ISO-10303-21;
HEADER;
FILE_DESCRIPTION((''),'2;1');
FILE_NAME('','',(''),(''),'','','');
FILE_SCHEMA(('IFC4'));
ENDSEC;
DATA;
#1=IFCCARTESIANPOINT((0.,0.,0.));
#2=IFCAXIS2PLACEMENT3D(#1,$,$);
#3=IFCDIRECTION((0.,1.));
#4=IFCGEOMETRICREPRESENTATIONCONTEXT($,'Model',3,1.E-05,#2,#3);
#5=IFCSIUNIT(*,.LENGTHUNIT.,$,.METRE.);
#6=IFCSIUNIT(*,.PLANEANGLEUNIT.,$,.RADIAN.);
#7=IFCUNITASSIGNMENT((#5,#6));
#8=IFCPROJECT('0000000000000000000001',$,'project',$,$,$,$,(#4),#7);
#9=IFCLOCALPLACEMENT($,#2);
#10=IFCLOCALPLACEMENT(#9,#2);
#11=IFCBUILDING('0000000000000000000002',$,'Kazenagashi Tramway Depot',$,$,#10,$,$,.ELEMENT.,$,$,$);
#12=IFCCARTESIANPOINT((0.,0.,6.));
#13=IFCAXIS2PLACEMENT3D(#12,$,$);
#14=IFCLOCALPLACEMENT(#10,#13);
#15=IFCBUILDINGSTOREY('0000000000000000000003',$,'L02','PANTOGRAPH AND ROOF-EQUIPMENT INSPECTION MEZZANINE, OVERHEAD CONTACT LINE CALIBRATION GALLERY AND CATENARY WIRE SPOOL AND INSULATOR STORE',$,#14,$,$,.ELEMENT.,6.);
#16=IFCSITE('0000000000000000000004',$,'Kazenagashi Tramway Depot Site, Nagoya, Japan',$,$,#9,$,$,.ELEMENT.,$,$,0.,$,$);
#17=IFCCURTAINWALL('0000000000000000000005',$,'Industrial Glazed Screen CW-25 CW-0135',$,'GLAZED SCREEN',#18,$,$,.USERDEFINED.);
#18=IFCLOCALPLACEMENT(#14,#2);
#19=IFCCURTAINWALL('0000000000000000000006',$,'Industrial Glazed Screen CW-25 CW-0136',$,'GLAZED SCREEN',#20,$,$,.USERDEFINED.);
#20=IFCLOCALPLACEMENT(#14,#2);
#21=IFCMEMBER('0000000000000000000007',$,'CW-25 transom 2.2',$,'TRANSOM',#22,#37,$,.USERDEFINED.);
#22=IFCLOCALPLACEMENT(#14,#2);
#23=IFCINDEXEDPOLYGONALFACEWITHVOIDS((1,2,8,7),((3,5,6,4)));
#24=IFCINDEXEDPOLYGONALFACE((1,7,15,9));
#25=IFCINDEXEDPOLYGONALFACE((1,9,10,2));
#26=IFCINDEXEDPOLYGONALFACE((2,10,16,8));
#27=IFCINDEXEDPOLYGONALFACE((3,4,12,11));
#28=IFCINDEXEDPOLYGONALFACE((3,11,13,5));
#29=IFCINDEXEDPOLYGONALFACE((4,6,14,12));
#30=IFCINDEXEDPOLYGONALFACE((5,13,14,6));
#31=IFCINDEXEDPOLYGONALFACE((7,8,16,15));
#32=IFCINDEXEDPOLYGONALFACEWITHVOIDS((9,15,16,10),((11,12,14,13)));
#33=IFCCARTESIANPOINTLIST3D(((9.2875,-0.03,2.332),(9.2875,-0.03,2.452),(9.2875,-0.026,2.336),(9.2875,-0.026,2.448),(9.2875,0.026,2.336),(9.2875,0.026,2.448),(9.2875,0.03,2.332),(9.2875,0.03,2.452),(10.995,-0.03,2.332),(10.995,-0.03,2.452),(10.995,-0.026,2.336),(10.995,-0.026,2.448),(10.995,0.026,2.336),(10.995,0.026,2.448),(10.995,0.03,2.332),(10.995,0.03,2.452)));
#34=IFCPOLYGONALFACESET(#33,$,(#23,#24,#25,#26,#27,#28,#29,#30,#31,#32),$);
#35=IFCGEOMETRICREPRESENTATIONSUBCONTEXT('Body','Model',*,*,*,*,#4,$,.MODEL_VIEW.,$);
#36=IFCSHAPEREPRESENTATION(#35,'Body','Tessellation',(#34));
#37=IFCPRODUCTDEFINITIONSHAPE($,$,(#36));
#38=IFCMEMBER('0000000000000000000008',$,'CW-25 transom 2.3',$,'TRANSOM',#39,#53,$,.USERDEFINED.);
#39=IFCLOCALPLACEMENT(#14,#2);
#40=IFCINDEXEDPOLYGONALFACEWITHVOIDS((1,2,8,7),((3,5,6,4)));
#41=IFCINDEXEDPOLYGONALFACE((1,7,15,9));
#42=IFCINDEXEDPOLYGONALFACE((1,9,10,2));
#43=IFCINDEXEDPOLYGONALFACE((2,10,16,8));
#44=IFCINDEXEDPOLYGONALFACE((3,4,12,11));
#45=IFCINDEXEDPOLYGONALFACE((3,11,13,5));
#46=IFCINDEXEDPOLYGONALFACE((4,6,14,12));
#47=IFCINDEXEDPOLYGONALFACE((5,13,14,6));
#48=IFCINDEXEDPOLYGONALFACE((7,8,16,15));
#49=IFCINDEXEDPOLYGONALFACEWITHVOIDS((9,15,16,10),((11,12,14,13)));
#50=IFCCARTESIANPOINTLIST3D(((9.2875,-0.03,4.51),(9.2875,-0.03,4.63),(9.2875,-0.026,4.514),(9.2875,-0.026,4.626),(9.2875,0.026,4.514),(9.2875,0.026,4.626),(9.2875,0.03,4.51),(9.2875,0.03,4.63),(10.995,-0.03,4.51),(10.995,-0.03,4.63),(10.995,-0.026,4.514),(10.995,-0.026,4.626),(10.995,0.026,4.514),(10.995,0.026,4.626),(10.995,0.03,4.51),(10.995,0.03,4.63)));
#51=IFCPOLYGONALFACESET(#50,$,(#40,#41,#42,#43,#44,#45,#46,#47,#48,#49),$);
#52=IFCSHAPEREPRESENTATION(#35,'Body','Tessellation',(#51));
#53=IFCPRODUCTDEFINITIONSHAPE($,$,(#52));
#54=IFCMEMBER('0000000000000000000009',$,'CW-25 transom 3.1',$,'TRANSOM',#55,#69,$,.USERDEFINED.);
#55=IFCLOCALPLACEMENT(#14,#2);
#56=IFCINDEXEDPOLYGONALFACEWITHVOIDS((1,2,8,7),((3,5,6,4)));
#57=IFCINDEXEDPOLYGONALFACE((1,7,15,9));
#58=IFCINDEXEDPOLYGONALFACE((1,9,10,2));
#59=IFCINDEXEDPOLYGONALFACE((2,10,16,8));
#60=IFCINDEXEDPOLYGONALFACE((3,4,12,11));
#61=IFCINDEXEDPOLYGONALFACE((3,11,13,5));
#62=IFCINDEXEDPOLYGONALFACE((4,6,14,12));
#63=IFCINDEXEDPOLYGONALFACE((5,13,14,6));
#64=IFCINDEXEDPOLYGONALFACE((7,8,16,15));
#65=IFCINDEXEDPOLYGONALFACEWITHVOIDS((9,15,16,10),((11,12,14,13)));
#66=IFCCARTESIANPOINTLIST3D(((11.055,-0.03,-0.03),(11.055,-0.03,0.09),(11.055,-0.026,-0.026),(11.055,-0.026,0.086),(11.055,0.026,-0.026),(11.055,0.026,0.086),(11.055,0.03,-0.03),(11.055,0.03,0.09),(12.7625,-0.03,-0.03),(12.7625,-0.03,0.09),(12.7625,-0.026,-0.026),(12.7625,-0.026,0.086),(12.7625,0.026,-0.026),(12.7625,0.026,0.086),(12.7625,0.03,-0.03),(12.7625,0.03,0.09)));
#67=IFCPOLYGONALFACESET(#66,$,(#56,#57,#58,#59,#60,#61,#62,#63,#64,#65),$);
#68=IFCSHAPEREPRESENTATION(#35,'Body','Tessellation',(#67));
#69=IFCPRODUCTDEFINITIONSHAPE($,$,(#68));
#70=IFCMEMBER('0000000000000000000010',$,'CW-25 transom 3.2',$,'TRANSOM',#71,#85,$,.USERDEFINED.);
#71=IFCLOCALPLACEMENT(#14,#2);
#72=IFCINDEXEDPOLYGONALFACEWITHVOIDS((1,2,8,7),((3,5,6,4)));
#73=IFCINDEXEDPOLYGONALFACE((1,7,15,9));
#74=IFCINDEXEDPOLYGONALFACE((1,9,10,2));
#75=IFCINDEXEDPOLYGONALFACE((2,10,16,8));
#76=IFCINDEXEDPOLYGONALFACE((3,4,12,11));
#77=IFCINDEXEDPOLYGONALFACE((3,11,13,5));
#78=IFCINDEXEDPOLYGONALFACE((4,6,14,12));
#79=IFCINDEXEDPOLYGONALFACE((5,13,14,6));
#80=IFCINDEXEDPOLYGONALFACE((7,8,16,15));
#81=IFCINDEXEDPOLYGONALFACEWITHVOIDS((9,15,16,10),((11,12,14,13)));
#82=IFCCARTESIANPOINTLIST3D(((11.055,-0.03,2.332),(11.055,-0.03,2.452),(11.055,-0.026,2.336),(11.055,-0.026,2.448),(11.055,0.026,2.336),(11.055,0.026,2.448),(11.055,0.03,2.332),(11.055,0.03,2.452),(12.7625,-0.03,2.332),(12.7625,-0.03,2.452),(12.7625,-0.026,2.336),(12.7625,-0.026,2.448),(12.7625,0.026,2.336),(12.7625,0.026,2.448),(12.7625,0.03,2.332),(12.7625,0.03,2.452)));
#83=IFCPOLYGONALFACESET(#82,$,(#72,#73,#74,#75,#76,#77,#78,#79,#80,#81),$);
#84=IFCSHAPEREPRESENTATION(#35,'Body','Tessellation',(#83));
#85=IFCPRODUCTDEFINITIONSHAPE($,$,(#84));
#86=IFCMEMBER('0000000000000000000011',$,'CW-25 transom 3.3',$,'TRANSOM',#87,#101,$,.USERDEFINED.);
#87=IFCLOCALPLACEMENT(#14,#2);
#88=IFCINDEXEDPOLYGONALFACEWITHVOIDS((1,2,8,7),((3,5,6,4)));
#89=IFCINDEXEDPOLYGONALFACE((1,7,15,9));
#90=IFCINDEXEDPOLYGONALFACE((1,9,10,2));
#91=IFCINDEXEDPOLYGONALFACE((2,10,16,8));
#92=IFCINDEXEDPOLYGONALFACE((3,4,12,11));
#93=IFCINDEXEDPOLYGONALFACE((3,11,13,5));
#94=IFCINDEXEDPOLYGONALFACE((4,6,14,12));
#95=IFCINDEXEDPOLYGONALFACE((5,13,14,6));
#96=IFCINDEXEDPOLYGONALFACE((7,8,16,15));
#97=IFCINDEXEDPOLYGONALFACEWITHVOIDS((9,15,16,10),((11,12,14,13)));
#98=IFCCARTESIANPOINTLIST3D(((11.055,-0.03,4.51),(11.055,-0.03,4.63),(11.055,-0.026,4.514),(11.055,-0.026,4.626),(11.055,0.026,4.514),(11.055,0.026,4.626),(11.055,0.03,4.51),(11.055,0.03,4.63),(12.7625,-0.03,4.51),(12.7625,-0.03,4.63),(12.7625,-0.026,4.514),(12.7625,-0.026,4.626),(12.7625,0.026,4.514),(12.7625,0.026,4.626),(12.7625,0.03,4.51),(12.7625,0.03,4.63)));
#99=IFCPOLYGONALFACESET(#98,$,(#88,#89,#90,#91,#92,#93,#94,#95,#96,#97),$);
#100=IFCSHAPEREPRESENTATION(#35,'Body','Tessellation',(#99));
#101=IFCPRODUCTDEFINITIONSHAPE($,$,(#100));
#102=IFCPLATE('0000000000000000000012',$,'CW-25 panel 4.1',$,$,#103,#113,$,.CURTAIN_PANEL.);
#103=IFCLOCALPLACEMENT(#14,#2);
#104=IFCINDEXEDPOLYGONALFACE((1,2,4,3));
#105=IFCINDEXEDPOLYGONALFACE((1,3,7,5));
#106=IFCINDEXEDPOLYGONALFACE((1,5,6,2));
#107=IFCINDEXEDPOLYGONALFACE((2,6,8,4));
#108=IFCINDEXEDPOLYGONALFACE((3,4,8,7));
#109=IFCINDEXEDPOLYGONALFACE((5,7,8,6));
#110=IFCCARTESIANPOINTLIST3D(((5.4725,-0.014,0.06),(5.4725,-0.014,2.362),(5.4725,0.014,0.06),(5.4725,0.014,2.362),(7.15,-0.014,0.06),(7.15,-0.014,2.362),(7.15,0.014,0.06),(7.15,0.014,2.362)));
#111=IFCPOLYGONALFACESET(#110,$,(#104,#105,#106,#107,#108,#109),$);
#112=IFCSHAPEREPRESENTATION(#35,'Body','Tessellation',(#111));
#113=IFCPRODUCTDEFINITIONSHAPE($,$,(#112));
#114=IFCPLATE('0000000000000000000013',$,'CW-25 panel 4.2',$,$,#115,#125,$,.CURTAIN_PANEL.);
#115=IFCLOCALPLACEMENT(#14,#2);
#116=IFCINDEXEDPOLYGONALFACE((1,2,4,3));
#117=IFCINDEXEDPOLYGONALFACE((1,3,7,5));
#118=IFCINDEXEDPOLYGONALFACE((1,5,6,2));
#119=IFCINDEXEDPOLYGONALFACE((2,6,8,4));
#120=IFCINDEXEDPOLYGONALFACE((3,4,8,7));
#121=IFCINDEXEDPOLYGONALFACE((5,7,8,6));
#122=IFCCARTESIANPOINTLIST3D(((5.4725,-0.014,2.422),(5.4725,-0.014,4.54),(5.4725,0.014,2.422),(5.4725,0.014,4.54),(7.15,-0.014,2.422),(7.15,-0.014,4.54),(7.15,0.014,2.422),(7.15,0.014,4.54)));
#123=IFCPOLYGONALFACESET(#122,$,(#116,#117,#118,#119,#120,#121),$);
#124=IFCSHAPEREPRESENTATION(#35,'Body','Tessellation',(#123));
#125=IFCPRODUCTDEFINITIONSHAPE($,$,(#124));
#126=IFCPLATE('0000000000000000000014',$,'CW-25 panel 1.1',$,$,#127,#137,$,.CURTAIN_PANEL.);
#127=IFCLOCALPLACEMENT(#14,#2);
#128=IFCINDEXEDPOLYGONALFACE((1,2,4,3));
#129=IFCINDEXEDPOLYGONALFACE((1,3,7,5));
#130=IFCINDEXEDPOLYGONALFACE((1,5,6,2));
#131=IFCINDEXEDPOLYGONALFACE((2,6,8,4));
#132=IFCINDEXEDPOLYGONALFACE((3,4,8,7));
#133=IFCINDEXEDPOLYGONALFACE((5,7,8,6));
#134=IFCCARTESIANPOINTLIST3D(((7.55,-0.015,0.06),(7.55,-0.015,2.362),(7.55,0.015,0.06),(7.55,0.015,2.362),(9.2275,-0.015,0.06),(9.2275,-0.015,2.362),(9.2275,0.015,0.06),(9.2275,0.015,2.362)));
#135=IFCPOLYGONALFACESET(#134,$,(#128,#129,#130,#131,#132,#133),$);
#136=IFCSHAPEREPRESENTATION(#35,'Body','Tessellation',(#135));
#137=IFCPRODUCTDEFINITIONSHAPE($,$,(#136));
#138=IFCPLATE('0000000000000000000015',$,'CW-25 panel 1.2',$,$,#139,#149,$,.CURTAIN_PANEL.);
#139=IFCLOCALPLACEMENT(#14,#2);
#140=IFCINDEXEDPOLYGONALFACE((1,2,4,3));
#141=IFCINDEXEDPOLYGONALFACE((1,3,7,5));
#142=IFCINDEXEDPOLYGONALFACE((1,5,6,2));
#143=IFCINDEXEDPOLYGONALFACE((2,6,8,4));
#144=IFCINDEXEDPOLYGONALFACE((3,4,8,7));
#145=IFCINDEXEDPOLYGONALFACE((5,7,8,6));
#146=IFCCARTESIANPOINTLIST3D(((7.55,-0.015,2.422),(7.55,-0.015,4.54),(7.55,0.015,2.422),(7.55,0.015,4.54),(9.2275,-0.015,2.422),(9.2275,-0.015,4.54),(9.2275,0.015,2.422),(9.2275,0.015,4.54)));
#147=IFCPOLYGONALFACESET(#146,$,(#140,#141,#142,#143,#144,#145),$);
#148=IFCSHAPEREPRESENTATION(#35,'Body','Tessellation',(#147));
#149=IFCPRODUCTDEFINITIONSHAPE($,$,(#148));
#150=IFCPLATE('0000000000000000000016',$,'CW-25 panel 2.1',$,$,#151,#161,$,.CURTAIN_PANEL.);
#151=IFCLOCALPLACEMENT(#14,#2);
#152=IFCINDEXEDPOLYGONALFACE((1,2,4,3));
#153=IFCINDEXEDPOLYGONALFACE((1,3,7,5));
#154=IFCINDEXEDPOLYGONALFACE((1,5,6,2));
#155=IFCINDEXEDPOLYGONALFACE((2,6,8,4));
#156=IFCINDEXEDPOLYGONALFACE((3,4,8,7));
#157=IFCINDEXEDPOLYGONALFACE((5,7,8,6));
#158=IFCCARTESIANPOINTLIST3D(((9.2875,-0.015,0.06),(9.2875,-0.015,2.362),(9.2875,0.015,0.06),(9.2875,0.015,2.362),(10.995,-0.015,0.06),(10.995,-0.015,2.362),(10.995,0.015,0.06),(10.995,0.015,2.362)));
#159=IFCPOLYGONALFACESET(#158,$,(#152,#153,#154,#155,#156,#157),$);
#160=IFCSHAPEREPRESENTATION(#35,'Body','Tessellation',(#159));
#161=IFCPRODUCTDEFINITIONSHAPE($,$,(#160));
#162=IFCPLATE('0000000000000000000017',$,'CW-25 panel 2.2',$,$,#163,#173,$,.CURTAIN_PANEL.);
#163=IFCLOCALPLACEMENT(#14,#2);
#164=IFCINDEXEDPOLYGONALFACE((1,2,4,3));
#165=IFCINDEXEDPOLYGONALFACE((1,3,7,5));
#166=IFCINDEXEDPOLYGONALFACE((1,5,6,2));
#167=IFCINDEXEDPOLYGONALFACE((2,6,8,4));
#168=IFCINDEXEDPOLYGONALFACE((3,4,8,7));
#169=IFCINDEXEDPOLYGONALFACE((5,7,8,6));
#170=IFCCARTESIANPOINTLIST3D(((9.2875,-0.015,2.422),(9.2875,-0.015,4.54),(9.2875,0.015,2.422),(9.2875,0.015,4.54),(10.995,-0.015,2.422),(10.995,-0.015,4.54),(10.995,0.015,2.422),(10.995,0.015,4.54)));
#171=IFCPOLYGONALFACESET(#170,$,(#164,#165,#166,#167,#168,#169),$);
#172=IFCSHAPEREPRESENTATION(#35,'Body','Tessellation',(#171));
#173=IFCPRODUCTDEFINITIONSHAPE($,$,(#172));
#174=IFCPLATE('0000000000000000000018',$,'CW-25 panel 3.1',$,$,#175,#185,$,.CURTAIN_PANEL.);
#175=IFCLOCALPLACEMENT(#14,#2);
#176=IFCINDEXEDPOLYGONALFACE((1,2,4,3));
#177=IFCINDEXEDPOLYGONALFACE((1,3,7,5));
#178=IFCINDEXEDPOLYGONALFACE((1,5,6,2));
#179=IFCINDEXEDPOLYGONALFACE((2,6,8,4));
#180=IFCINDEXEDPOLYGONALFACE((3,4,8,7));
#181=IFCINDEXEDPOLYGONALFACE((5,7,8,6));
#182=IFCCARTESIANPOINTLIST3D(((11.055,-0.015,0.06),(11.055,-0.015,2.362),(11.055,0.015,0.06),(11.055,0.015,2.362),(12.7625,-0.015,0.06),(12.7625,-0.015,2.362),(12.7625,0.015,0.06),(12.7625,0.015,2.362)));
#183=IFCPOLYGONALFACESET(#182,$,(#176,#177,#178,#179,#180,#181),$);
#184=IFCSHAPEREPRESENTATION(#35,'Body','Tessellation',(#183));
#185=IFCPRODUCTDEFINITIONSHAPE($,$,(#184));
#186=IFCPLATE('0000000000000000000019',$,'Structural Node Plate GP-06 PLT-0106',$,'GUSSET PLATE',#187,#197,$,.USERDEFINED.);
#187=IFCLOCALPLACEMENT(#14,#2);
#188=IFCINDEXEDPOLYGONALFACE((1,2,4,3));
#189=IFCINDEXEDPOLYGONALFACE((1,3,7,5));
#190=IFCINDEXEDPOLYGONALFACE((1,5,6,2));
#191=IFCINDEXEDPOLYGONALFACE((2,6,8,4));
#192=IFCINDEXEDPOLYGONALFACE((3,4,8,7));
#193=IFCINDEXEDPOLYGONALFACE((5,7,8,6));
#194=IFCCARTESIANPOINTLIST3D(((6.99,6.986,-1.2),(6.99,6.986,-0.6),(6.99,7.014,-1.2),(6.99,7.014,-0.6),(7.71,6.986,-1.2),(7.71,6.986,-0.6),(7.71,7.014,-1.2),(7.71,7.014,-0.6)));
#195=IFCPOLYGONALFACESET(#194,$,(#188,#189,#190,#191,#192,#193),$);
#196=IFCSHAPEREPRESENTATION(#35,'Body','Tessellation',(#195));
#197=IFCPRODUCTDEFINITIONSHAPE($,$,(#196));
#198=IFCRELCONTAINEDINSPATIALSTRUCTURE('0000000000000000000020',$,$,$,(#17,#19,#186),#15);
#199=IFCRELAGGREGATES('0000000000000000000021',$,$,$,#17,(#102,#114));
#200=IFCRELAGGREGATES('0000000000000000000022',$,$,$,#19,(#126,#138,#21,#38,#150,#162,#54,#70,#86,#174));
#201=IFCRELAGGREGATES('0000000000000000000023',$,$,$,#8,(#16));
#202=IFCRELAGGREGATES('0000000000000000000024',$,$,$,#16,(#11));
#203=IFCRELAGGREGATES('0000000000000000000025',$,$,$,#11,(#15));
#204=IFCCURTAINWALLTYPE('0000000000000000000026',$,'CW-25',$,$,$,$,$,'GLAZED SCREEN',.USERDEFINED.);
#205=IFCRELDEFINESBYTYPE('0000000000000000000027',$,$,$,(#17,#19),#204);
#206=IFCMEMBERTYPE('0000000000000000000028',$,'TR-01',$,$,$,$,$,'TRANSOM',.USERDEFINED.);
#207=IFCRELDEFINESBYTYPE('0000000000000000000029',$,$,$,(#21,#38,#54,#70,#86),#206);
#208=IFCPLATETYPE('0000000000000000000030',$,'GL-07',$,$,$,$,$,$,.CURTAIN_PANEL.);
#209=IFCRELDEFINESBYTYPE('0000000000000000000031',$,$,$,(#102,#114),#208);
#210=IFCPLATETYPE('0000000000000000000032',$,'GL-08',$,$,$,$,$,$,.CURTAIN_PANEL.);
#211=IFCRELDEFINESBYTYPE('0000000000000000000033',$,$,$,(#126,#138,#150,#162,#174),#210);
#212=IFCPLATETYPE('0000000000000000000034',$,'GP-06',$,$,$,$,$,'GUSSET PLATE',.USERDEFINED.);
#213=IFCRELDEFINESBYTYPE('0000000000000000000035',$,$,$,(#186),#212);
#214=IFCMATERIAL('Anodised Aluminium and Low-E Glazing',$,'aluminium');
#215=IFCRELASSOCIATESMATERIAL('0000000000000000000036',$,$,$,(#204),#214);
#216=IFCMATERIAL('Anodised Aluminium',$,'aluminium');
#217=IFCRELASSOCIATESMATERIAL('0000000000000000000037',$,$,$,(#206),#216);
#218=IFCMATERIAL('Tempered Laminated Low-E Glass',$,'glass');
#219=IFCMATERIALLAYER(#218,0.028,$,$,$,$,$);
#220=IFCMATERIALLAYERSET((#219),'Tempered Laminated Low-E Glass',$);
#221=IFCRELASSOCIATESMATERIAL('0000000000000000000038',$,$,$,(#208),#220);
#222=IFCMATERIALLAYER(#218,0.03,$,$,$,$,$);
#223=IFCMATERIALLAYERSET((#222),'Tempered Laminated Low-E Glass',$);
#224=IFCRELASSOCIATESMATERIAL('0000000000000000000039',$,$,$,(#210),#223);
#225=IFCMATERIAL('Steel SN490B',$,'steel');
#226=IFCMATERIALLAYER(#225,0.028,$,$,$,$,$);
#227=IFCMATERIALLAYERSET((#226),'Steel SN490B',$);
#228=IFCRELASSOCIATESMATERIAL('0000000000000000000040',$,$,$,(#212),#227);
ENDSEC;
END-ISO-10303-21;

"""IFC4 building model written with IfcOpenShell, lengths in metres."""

from ifc_helpers import new_model, si_unit, direction, frame, origin, origin_2d, place, context, subcontext, project, spatial, rectangle, hollow_rectangle, extrude, material, layer, layer_set, material_profile, profile_set, type_object, element, aggregate, save


model = new_model("IFC4")

# Units and contexts
model_context = context("Model", 3, precision=1e-05, world=origin(), true_north=direction((0.0, 1.0)))
body_context = subcontext(model_context, "Body", "Model", "MODEL_VIEW")
ifc_project = project(units=[si_unit("LENGTHUNIT", "METRE"), si_unit("PLANEANGLEUNIT", "RADIAN")], contexts=[model_context])

# Site, building, storey
site_placement = place(None, origin())
site = spatial("IfcSite", under=ifc_project, at=site_placement, Name="Kazenagashi Tramway Depot Site, Nagoya, Japan", CompositionType="ELEMENT", RefElevation=0.0)
building_placement = place(site_placement, origin())
building = spatial("IfcBuilding", under=site, at=building_placement, Name="Kazenagashi Tramway Depot", CompositionType="ELEMENT")
storey_placement = place(building_placement, frame((0.0, 0.0, 6.0)))
storey = spatial("IfcBuildingStorey", under=building, at=storey_placement, Name="L02", Description="PANTOGRAPH AND ROOF-EQUIPMENT INSPECTION MEZZANINE, OVERHEAD CONTACT LINE CALIBRATION GALLERY AND CATENARY WIRE SPOOL AND INSULATOR STORE", CompositionType="ELEMENT", Elevation=6.0)

# Shared definitions
ifc_material_1 = material(Name="Steel SN490B", Category="steel")

# Curtain walls
ifc_material_2 = material(Name="Anodised Aluminium and Low-E Glazing", Category="aluminium")
curtain_wall_type = type_object("IfcCurtainWallType", Name="CW-25", ElementType="GLAZED SCREEN", PredefinedType="USERDEFINED", material=ifc_material_2)
curtain_wall_1_placement = place(storey_placement, origin())
curtain_wall_1 = element("IfcCurtainWall", 1, at=curtain_wall_1_placement, inside=storey, type_object=curtain_wall_type, Name="Industrial Glazed Screen CW-25 CW-0135", ObjectType="GLAZED SCREEN", PredefinedType="USERDEFINED")
ifc_material_3 = material(Name="Anodised Aluminium", Category="aluminium")
curtain_wall_2_placement = place(storey_placement, origin())
curtain_wall_2 = element("IfcCurtainWall", 2, at=curtain_wall_2_placement, inside=storey, type_object=curtain_wall_type, Name="Industrial Glazed Screen CW-25 CW-0136", ObjectType="GLAZED SCREEN", PredefinedType="USERDEFINED")

# Members
ifc_material_profile_1 = material_profile(ifc_material_3, hollow_rectangle(XDim=0.06, YDim=0.12, WallThickness=0.004, at=origin_2d()), Name="RHS-120x60x4")
ifc_profile_set_1 = profile_set([ifc_material_profile_1], Name="Anodised Aluminium")
member_type_1 = type_object("IfcMemberType", Name="TR-01", ElementType="TRANSOM", PredefinedType="USERDEFINED", material=ifc_profile_set_1)
member_1_placement = place(storey_placement, frame((9.2875, 0.0, 2.392), z_axis=(1.0, 0.0, 0.0), x_axis=(0.0, 1.0, 0.0)))
member_1 = element("IfcMember", 3, at=member_1_placement, type_object=member_type_1, Name="CW-25 transom 2.2", ObjectType="TRANSOM", PredefinedType="USERDEFINED", context=body_context, shape_type="SweptSolid", body=[
    extrude(hollow_rectangle(XDim=0.06, YDim=0.12, WallThickness=0.004, at=origin_2d()), origin(), (0.0, 0.0, 1.0), 1.7075),
])
member_2_placement = place(storey_placement, frame((9.2875, 0.0, 4.57), z_axis=(1.0, 0.0, 0.0), x_axis=(0.0, 1.0, 0.0)))
member_2 = element("IfcMember", 4, at=member_2_placement, type_object=member_type_1, Name="CW-25 transom 2.3", ObjectType="TRANSOM", PredefinedType="USERDEFINED", context=body_context, shape_type="SweptSolid", body=[
    extrude(hollow_rectangle(XDim=0.06, YDim=0.12, WallThickness=0.004, at=origin_2d()), origin(), (0.0, 0.0, 1.0), 1.7075),
])
member_3_placement = place(storey_placement, frame((11.055, 0.0, 0.03), z_axis=(1.0, 0.0, 0.0), x_axis=(0.0, 1.0, 0.0)))
member_3 = element("IfcMember", 5, at=member_3_placement, type_object=member_type_1, Name="CW-25 transom 3.1", ObjectType="TRANSOM", PredefinedType="USERDEFINED", context=body_context, shape_type="SweptSolid", body=[
    extrude(hollow_rectangle(XDim=0.06, YDim=0.12, WallThickness=0.004, at=origin_2d()), origin(), (0.0, 0.0, 1.0), 1.7075),
])
member_4_placement = place(storey_placement, frame((11.055, 0.0, 2.392), z_axis=(1.0, 0.0, 0.0), x_axis=(0.0, 1.0, 0.0)))
member_4 = element("IfcMember", 6, at=member_4_placement, type_object=member_type_1, Name="CW-25 transom 3.2", ObjectType="TRANSOM", PredefinedType="USERDEFINED", context=body_context, shape_type="SweptSolid", body=[
    extrude(hollow_rectangle(XDim=0.06, YDim=0.12, WallThickness=0.004, at=origin_2d()), origin(), (0.0, 0.0, 1.0), 1.7075),
])
member_5_placement = place(storey_placement, frame((11.055, 0.0, 4.57), z_axis=(1.0, 0.0, 0.0), x_axis=(0.0, 1.0, 0.0)))
member_5 = element("IfcMember", 7, at=member_5_placement, type_object=member_type_1, Name="CW-25 transom 3.3", ObjectType="TRANSOM", PredefinedType="USERDEFINED", context=body_context, shape_type="SweptSolid", body=[
    extrude(hollow_rectangle(XDim=0.06, YDim=0.12, WallThickness=0.004, at=origin_2d()), origin(), (0.0, 0.0, 1.0), 1.7075),
])

# Plates
ifc_material_4 = material(Name="Tempered Laminated Low-E Glass", Category="glass")
ifc_layer_1 = layer(ifc_material_4, 0.028)
ifc_layer_set_1 = layer_set([ifc_layer_1], Name="Tempered Laminated Low-E Glass")
plate_type_1 = type_object("IfcPlateType", Name="GL-07", PredefinedType="CURTAIN_PANEL", material=ifc_layer_set_1)
plate_1_placement = place(storey_placement, frame((6.3113, 0.0, 0.06), z_axis=(0.0, 0.0, 1.0), x_axis=(1.0, 0.0, 0.0)))
plate_1 = element("IfcPlate", 8, at=plate_1_placement, type_object=plate_type_1, Name="CW-25 panel 4.1", PredefinedType="CURTAIN_PANEL", context=body_context, shape_type="SweptSolid", body=[
    extrude(rectangle(XDim=1.6775, YDim=0.028, at=origin_2d()), origin(), (0.0, 0.0, 1.0), 2.302),
])
plate_2_placement = place(storey_placement, frame((6.3113, 0.0, 2.422), z_axis=(0.0, 0.0, 1.0), x_axis=(1.0, 0.0, 0.0)))
plate_2 = element("IfcPlate", 9, at=plate_2_placement, type_object=plate_type_1, Name="CW-25 panel 4.2", PredefinedType="CURTAIN_PANEL", context=body_context, shape_type="SweptSolid", body=[
    extrude(rectangle(XDim=1.6775, YDim=0.028, at=origin_2d()), origin(), (0.0, 0.0, 1.0), 2.118),
])
aggregate(curtain_wall_1, [plate_1, plate_2])
ifc_layer_2 = layer(ifc_material_4, 0.03)
ifc_layer_set_2 = layer_set([ifc_layer_2], Name="Tempered Laminated Low-E Glass")
plate_type_2 = type_object("IfcPlateType", Name="GL-08", PredefinedType="CURTAIN_PANEL", material=ifc_layer_set_2)
plate_3_placement = place(storey_placement, frame((8.3887, 0.0, 0.06), z_axis=(0.0, 0.0, 1.0), x_axis=(1.0, 0.0, 0.0)))
plate_3 = element("IfcPlate", 10, at=plate_3_placement, type_object=plate_type_2, Name="CW-25 panel 1.1", PredefinedType="CURTAIN_PANEL", context=body_context, shape_type="SweptSolid", body=[
    extrude(rectangle(XDim=1.6775, YDim=0.03, at=origin_2d()), origin(), (0.0, 0.0, 1.0), 2.302),
])
plate_4_placement = place(storey_placement, frame((8.3887, 0.0, 2.422), z_axis=(0.0, 0.0, 1.0), x_axis=(1.0, 0.0, 0.0)))
plate_4 = element("IfcPlate", 11, at=plate_4_placement, type_object=plate_type_2, Name="CW-25 panel 1.2", PredefinedType="CURTAIN_PANEL", context=body_context, shape_type="SweptSolid", body=[
    extrude(rectangle(XDim=1.6775, YDim=0.03, at=origin_2d()), origin(), (0.0, 0.0, 1.0), 2.118),
])
plate_5_placement = place(storey_placement, frame((10.1412, 0.0, 0.06), z_axis=(0.0, 0.0, 1.0), x_axis=(1.0, 0.0, 0.0)))
plate_5 = element("IfcPlate", 12, at=plate_5_placement, type_object=plate_type_2, Name="CW-25 panel 2.1", PredefinedType="CURTAIN_PANEL", context=body_context, shape_type="SweptSolid", body=[
    extrude(rectangle(XDim=1.7075, YDim=0.03, at=origin_2d()), origin(), (0.0, 0.0, 1.0), 2.302),
])
plate_6_placement = place(storey_placement, frame((10.1412, 0.0, 2.422), z_axis=(0.0, 0.0, 1.0), x_axis=(1.0, 0.0, 0.0)))
plate_6 = element("IfcPlate", 13, at=plate_6_placement, type_object=plate_type_2, Name="CW-25 panel 2.2", PredefinedType="CURTAIN_PANEL", context=body_context, shape_type="SweptSolid", body=[
    extrude(rectangle(XDim=1.7075, YDim=0.03, at=origin_2d()), origin(), (0.0, 0.0, 1.0), 2.118),
])
plate_7_placement = place(storey_placement, frame((11.9087, 0.0, 0.06), z_axis=(0.0, 0.0, 1.0), x_axis=(1.0, 0.0, 0.0)))
plate_7 = element("IfcPlate", 14, at=plate_7_placement, type_object=plate_type_2, Name="CW-25 panel 3.1", PredefinedType="CURTAIN_PANEL", context=body_context, shape_type="SweptSolid", body=[
    extrude(rectangle(XDim=1.7075, YDim=0.03, at=origin_2d()), origin(), (0.0, 0.0, 1.0), 2.302),
])
aggregate(curtain_wall_2, [plate_3, plate_4, member_1, member_2, plate_5, plate_6, member_3, member_4, member_5, plate_7])
ifc_layer_3 = layer(ifc_material_1, 0.028)
ifc_layer_set_3 = layer_set([ifc_layer_3], Name="Steel SN490B")
plate_type_3 = type_object("IfcPlateType", Name="GP-06", ElementType="GUSSET PLATE", PredefinedType="USERDEFINED", material=ifc_layer_set_3)
plate_8_placement = place(storey_placement, frame((7.35, 7.0, -1.2), z_axis=(0.0, 0.0, 1.0), x_axis=(1.0, 0.0, 0.0)))
element("IfcPlate", 15, at=plate_8_placement, inside=storey, type_object=plate_type_3, Name="Structural Node Plate GP-06 PLT-0106", ObjectType="GUSSET PLATE", PredefinedType="USERDEFINED", context=body_context, shape_type="SweptSolid", body=[
    extrude(rectangle(XDim=0.72, YDim=0.028, at=origin_2d()), origin(), (0.0, 0.0, 1.0), 0.6),
])

save(model, "model.ifc")
